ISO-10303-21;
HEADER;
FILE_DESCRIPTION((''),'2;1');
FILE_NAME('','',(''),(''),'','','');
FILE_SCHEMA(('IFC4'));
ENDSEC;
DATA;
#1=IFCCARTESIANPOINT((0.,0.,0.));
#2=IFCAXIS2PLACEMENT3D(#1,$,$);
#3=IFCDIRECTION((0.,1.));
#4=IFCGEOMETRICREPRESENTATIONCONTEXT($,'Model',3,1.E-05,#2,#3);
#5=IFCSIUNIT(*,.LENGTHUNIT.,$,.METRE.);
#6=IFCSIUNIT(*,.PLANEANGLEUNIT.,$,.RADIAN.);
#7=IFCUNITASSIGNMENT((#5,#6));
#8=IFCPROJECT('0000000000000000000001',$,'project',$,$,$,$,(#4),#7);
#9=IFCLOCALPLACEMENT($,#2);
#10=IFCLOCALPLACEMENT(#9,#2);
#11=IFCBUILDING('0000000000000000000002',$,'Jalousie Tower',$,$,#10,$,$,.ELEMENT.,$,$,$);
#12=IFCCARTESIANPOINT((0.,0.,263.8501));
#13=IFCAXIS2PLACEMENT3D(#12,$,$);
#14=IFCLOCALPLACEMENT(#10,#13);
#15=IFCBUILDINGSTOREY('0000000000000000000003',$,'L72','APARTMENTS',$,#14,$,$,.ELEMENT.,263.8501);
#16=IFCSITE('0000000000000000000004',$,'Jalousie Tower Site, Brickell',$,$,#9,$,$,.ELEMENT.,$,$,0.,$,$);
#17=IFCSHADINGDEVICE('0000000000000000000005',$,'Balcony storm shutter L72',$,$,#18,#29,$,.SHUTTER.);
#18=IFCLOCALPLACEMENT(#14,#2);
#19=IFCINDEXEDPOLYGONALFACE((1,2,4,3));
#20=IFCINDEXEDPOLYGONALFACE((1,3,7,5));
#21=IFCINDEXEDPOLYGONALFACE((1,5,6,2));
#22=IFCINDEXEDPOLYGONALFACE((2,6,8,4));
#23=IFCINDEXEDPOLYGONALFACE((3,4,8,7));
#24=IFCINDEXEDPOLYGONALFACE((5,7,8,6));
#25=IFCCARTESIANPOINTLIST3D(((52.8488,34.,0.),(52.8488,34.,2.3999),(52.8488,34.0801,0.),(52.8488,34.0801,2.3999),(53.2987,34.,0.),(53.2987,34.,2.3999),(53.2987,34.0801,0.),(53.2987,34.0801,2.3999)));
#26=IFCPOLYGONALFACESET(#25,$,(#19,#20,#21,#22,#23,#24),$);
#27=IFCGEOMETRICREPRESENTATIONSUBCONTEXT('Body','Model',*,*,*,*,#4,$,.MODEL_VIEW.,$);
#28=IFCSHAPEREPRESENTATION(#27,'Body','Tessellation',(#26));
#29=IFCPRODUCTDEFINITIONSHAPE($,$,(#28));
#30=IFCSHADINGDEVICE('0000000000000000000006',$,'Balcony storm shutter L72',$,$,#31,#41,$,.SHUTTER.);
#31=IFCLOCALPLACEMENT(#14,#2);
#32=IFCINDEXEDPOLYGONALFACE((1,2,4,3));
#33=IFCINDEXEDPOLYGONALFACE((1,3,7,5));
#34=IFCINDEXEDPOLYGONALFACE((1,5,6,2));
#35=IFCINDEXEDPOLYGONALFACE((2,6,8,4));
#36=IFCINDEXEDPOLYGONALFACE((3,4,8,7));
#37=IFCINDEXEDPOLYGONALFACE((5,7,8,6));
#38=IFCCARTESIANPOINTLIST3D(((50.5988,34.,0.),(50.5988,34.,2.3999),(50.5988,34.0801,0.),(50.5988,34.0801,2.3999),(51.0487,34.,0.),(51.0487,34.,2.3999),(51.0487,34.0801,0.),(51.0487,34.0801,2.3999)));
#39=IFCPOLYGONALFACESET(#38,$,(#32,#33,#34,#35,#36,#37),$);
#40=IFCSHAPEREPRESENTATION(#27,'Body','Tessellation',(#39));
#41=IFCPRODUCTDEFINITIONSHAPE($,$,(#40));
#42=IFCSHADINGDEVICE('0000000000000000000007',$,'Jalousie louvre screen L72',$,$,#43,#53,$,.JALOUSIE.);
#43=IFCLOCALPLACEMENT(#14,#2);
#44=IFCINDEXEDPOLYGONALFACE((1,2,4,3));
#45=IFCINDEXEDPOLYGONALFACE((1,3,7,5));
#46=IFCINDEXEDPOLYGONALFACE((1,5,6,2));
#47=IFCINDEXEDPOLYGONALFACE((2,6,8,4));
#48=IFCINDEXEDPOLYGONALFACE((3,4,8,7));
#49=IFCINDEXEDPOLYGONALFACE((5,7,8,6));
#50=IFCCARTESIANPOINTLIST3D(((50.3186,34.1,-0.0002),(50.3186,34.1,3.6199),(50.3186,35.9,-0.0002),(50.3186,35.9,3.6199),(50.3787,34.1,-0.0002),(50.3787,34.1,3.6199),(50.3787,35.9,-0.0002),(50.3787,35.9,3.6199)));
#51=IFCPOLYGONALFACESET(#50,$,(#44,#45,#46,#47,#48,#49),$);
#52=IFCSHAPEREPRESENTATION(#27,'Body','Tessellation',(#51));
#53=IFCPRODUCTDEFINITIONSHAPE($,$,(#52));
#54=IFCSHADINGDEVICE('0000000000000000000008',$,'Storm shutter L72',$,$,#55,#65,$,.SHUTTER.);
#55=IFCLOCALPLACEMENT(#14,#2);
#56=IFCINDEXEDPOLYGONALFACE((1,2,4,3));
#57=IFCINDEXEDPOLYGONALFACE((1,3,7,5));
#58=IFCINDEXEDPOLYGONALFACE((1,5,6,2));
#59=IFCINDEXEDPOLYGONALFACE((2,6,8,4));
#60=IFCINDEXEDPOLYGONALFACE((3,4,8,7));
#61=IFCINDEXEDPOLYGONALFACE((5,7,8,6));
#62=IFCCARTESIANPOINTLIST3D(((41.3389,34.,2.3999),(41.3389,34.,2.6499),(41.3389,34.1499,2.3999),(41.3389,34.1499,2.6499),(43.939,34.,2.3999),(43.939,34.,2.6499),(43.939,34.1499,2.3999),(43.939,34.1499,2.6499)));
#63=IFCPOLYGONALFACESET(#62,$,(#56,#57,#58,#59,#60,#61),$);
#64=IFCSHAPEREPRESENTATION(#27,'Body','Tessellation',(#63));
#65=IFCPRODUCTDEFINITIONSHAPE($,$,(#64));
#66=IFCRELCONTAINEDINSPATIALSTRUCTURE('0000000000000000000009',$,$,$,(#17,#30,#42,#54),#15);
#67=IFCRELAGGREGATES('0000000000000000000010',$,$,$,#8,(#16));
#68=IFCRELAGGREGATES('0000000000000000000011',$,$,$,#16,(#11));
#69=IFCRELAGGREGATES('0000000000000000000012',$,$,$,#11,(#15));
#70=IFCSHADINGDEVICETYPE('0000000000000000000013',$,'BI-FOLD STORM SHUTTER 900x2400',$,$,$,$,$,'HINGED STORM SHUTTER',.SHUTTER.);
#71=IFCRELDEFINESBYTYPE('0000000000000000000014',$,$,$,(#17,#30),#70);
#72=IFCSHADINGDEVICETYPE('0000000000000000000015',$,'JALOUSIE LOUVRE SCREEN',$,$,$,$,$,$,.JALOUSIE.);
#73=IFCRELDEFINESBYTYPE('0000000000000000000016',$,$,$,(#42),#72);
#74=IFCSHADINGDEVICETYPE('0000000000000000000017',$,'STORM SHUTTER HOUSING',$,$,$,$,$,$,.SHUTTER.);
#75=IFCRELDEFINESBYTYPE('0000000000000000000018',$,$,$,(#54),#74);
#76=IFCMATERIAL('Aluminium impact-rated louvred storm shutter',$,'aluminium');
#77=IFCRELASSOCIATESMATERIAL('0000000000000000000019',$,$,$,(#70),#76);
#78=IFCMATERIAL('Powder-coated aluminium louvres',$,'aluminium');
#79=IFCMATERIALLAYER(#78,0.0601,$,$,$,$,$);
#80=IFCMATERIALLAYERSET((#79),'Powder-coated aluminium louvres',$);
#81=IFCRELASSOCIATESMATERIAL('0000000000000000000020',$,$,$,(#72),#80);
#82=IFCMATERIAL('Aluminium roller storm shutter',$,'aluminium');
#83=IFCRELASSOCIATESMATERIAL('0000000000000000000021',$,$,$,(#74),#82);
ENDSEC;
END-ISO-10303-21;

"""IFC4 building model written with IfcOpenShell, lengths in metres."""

from ifc_helpers import new_model, si_unit, direction, frame, origin, origin_2d, place, context, subcontext, project, spatial, rectangle, extrude, material, layer, layer_set, type_object, element, save


model = new_model("IFC4")

# Units and contexts
model_context = context("Model", 3, precision=1e-05, world=origin(), true_north=direction((0.0, 1.0)))
body_context = subcontext(model_context, "Body", "Model", "MODEL_VIEW")
ifc_project = project(units=[si_unit("LENGTHUNIT", "METRE"), si_unit("PLANEANGLEUNIT", "RADIAN")], contexts=[model_context])

# Site, building, storey
site_placement = place(None, origin())
site = spatial("IfcSite", under=ifc_project, at=site_placement, Name="Jalousie Tower Site, Brickell", CompositionType="ELEMENT", RefElevation=0.0)
building_placement = place(site_placement, origin())
building = spatial("IfcBuilding", under=site, at=building_placement, Name="Jalousie Tower", CompositionType="ELEMENT")
storey_placement = place(building_placement, frame((0.0, 0.0, 263.8501)))
storey = spatial("IfcBuildingStorey", under=building, at=storey_placement, Name="L72", Description="APARTMENTS", CompositionType="ELEMENT", Elevation=263.8501)

# Shading devices
ifc_material_1 = material(Name="Aluminium impact-rated louvred storm shutter", Category="aluminium")
shading_device_type_1 = type_object("IfcShadingDeviceType", Name="BI-FOLD STORM SHUTTER 900x2400", ElementType="HINGED STORM SHUTTER", PredefinedType="SHUTTER", material=ifc_material_1)
for number, where, z_axis, x_axis, name in (
    (1, (53.0737, 34.04, 0.0), (0.0, 0.0, 1.0), (-1.0, 0.0, 0.0), "Balcony storm shutter L72"),
    (2, (50.8237, 34.04, 0.0), (0.0, 0.0, 1.0), (-1.0, 0.0, 0.0), "Balcony storm shutter L72"),
):
    element("IfcShadingDevice", number, at=place(storey_placement, frame(where, z_axis=z_axis, x_axis=x_axis)), inside=storey, type_object=shading_device_type_1, Name=name, PredefinedType="SHUTTER", context=body_context, shape_type="SweptSolid", body=[
        extrude(rectangle(XDim=0.45, YDim=0.0801, at=origin_2d()), origin(), (0.0, 0.0, 1.0), 2.3999),
    ])
ifc_material_2 = material(Name="Powder-coated aluminium louvres", Category="aluminium")
ifc_layer_1 = layer(ifc_material_2, 0.0601)
ifc_layer_set_1 = layer_set([ifc_layer_1], Name="Powder-coated aluminium louvres")
shading_device_type_2 = type_object("IfcShadingDeviceType", Name="JALOUSIE LOUVRE SCREEN", PredefinedType="JALOUSIE", material=ifc_layer_set_1)
shading_device_1_placement = place(storey_placement, frame((50.3486, 35.0, -0.0002), z_axis=(0.0, 0.0, 1.0), x_axis=(-1.0, 0.0, 0.0)))
element("IfcShadingDevice", 3, at=shading_device_1_placement, inside=storey, type_object=shading_device_type_2, Name="Jalousie louvre screen L72", PredefinedType="JALOUSIE", context=body_context, shape_type="SweptSolid", body=[
    extrude(rectangle(XDim=0.0601, YDim=1.8, at=origin_2d()), origin(), (0.0, 0.0, 1.0), 3.6201),
])
ifc_material_3 = material(Name="Aluminium roller storm shutter", Category="aluminium")
shading_device_type_3 = type_object("IfcShadingDeviceType", Name="STORM SHUTTER HOUSING", PredefinedType="SHUTTER", material=ifc_material_3)
shading_device_2_placement = place(storey_placement, frame((42.6389, 34.075, 2.3999), z_axis=(0.0, 0.0, 1.0), x_axis=(-1.0, 0.0, 0.0)))
element("IfcShadingDevice", 4, at=shading_device_2_placement, inside=storey, type_object=shading_device_type_3, Name="Storm shutter L72", PredefinedType="SHUTTER", context=body_context, shape_type="SweptSolid", body=[
    extrude(rectangle(XDim=2.6001, YDim=0.1499, at=origin_2d()), origin(), (0.0, 0.0, 1.0), 0.25),
])

save(model, "model.ifc")
